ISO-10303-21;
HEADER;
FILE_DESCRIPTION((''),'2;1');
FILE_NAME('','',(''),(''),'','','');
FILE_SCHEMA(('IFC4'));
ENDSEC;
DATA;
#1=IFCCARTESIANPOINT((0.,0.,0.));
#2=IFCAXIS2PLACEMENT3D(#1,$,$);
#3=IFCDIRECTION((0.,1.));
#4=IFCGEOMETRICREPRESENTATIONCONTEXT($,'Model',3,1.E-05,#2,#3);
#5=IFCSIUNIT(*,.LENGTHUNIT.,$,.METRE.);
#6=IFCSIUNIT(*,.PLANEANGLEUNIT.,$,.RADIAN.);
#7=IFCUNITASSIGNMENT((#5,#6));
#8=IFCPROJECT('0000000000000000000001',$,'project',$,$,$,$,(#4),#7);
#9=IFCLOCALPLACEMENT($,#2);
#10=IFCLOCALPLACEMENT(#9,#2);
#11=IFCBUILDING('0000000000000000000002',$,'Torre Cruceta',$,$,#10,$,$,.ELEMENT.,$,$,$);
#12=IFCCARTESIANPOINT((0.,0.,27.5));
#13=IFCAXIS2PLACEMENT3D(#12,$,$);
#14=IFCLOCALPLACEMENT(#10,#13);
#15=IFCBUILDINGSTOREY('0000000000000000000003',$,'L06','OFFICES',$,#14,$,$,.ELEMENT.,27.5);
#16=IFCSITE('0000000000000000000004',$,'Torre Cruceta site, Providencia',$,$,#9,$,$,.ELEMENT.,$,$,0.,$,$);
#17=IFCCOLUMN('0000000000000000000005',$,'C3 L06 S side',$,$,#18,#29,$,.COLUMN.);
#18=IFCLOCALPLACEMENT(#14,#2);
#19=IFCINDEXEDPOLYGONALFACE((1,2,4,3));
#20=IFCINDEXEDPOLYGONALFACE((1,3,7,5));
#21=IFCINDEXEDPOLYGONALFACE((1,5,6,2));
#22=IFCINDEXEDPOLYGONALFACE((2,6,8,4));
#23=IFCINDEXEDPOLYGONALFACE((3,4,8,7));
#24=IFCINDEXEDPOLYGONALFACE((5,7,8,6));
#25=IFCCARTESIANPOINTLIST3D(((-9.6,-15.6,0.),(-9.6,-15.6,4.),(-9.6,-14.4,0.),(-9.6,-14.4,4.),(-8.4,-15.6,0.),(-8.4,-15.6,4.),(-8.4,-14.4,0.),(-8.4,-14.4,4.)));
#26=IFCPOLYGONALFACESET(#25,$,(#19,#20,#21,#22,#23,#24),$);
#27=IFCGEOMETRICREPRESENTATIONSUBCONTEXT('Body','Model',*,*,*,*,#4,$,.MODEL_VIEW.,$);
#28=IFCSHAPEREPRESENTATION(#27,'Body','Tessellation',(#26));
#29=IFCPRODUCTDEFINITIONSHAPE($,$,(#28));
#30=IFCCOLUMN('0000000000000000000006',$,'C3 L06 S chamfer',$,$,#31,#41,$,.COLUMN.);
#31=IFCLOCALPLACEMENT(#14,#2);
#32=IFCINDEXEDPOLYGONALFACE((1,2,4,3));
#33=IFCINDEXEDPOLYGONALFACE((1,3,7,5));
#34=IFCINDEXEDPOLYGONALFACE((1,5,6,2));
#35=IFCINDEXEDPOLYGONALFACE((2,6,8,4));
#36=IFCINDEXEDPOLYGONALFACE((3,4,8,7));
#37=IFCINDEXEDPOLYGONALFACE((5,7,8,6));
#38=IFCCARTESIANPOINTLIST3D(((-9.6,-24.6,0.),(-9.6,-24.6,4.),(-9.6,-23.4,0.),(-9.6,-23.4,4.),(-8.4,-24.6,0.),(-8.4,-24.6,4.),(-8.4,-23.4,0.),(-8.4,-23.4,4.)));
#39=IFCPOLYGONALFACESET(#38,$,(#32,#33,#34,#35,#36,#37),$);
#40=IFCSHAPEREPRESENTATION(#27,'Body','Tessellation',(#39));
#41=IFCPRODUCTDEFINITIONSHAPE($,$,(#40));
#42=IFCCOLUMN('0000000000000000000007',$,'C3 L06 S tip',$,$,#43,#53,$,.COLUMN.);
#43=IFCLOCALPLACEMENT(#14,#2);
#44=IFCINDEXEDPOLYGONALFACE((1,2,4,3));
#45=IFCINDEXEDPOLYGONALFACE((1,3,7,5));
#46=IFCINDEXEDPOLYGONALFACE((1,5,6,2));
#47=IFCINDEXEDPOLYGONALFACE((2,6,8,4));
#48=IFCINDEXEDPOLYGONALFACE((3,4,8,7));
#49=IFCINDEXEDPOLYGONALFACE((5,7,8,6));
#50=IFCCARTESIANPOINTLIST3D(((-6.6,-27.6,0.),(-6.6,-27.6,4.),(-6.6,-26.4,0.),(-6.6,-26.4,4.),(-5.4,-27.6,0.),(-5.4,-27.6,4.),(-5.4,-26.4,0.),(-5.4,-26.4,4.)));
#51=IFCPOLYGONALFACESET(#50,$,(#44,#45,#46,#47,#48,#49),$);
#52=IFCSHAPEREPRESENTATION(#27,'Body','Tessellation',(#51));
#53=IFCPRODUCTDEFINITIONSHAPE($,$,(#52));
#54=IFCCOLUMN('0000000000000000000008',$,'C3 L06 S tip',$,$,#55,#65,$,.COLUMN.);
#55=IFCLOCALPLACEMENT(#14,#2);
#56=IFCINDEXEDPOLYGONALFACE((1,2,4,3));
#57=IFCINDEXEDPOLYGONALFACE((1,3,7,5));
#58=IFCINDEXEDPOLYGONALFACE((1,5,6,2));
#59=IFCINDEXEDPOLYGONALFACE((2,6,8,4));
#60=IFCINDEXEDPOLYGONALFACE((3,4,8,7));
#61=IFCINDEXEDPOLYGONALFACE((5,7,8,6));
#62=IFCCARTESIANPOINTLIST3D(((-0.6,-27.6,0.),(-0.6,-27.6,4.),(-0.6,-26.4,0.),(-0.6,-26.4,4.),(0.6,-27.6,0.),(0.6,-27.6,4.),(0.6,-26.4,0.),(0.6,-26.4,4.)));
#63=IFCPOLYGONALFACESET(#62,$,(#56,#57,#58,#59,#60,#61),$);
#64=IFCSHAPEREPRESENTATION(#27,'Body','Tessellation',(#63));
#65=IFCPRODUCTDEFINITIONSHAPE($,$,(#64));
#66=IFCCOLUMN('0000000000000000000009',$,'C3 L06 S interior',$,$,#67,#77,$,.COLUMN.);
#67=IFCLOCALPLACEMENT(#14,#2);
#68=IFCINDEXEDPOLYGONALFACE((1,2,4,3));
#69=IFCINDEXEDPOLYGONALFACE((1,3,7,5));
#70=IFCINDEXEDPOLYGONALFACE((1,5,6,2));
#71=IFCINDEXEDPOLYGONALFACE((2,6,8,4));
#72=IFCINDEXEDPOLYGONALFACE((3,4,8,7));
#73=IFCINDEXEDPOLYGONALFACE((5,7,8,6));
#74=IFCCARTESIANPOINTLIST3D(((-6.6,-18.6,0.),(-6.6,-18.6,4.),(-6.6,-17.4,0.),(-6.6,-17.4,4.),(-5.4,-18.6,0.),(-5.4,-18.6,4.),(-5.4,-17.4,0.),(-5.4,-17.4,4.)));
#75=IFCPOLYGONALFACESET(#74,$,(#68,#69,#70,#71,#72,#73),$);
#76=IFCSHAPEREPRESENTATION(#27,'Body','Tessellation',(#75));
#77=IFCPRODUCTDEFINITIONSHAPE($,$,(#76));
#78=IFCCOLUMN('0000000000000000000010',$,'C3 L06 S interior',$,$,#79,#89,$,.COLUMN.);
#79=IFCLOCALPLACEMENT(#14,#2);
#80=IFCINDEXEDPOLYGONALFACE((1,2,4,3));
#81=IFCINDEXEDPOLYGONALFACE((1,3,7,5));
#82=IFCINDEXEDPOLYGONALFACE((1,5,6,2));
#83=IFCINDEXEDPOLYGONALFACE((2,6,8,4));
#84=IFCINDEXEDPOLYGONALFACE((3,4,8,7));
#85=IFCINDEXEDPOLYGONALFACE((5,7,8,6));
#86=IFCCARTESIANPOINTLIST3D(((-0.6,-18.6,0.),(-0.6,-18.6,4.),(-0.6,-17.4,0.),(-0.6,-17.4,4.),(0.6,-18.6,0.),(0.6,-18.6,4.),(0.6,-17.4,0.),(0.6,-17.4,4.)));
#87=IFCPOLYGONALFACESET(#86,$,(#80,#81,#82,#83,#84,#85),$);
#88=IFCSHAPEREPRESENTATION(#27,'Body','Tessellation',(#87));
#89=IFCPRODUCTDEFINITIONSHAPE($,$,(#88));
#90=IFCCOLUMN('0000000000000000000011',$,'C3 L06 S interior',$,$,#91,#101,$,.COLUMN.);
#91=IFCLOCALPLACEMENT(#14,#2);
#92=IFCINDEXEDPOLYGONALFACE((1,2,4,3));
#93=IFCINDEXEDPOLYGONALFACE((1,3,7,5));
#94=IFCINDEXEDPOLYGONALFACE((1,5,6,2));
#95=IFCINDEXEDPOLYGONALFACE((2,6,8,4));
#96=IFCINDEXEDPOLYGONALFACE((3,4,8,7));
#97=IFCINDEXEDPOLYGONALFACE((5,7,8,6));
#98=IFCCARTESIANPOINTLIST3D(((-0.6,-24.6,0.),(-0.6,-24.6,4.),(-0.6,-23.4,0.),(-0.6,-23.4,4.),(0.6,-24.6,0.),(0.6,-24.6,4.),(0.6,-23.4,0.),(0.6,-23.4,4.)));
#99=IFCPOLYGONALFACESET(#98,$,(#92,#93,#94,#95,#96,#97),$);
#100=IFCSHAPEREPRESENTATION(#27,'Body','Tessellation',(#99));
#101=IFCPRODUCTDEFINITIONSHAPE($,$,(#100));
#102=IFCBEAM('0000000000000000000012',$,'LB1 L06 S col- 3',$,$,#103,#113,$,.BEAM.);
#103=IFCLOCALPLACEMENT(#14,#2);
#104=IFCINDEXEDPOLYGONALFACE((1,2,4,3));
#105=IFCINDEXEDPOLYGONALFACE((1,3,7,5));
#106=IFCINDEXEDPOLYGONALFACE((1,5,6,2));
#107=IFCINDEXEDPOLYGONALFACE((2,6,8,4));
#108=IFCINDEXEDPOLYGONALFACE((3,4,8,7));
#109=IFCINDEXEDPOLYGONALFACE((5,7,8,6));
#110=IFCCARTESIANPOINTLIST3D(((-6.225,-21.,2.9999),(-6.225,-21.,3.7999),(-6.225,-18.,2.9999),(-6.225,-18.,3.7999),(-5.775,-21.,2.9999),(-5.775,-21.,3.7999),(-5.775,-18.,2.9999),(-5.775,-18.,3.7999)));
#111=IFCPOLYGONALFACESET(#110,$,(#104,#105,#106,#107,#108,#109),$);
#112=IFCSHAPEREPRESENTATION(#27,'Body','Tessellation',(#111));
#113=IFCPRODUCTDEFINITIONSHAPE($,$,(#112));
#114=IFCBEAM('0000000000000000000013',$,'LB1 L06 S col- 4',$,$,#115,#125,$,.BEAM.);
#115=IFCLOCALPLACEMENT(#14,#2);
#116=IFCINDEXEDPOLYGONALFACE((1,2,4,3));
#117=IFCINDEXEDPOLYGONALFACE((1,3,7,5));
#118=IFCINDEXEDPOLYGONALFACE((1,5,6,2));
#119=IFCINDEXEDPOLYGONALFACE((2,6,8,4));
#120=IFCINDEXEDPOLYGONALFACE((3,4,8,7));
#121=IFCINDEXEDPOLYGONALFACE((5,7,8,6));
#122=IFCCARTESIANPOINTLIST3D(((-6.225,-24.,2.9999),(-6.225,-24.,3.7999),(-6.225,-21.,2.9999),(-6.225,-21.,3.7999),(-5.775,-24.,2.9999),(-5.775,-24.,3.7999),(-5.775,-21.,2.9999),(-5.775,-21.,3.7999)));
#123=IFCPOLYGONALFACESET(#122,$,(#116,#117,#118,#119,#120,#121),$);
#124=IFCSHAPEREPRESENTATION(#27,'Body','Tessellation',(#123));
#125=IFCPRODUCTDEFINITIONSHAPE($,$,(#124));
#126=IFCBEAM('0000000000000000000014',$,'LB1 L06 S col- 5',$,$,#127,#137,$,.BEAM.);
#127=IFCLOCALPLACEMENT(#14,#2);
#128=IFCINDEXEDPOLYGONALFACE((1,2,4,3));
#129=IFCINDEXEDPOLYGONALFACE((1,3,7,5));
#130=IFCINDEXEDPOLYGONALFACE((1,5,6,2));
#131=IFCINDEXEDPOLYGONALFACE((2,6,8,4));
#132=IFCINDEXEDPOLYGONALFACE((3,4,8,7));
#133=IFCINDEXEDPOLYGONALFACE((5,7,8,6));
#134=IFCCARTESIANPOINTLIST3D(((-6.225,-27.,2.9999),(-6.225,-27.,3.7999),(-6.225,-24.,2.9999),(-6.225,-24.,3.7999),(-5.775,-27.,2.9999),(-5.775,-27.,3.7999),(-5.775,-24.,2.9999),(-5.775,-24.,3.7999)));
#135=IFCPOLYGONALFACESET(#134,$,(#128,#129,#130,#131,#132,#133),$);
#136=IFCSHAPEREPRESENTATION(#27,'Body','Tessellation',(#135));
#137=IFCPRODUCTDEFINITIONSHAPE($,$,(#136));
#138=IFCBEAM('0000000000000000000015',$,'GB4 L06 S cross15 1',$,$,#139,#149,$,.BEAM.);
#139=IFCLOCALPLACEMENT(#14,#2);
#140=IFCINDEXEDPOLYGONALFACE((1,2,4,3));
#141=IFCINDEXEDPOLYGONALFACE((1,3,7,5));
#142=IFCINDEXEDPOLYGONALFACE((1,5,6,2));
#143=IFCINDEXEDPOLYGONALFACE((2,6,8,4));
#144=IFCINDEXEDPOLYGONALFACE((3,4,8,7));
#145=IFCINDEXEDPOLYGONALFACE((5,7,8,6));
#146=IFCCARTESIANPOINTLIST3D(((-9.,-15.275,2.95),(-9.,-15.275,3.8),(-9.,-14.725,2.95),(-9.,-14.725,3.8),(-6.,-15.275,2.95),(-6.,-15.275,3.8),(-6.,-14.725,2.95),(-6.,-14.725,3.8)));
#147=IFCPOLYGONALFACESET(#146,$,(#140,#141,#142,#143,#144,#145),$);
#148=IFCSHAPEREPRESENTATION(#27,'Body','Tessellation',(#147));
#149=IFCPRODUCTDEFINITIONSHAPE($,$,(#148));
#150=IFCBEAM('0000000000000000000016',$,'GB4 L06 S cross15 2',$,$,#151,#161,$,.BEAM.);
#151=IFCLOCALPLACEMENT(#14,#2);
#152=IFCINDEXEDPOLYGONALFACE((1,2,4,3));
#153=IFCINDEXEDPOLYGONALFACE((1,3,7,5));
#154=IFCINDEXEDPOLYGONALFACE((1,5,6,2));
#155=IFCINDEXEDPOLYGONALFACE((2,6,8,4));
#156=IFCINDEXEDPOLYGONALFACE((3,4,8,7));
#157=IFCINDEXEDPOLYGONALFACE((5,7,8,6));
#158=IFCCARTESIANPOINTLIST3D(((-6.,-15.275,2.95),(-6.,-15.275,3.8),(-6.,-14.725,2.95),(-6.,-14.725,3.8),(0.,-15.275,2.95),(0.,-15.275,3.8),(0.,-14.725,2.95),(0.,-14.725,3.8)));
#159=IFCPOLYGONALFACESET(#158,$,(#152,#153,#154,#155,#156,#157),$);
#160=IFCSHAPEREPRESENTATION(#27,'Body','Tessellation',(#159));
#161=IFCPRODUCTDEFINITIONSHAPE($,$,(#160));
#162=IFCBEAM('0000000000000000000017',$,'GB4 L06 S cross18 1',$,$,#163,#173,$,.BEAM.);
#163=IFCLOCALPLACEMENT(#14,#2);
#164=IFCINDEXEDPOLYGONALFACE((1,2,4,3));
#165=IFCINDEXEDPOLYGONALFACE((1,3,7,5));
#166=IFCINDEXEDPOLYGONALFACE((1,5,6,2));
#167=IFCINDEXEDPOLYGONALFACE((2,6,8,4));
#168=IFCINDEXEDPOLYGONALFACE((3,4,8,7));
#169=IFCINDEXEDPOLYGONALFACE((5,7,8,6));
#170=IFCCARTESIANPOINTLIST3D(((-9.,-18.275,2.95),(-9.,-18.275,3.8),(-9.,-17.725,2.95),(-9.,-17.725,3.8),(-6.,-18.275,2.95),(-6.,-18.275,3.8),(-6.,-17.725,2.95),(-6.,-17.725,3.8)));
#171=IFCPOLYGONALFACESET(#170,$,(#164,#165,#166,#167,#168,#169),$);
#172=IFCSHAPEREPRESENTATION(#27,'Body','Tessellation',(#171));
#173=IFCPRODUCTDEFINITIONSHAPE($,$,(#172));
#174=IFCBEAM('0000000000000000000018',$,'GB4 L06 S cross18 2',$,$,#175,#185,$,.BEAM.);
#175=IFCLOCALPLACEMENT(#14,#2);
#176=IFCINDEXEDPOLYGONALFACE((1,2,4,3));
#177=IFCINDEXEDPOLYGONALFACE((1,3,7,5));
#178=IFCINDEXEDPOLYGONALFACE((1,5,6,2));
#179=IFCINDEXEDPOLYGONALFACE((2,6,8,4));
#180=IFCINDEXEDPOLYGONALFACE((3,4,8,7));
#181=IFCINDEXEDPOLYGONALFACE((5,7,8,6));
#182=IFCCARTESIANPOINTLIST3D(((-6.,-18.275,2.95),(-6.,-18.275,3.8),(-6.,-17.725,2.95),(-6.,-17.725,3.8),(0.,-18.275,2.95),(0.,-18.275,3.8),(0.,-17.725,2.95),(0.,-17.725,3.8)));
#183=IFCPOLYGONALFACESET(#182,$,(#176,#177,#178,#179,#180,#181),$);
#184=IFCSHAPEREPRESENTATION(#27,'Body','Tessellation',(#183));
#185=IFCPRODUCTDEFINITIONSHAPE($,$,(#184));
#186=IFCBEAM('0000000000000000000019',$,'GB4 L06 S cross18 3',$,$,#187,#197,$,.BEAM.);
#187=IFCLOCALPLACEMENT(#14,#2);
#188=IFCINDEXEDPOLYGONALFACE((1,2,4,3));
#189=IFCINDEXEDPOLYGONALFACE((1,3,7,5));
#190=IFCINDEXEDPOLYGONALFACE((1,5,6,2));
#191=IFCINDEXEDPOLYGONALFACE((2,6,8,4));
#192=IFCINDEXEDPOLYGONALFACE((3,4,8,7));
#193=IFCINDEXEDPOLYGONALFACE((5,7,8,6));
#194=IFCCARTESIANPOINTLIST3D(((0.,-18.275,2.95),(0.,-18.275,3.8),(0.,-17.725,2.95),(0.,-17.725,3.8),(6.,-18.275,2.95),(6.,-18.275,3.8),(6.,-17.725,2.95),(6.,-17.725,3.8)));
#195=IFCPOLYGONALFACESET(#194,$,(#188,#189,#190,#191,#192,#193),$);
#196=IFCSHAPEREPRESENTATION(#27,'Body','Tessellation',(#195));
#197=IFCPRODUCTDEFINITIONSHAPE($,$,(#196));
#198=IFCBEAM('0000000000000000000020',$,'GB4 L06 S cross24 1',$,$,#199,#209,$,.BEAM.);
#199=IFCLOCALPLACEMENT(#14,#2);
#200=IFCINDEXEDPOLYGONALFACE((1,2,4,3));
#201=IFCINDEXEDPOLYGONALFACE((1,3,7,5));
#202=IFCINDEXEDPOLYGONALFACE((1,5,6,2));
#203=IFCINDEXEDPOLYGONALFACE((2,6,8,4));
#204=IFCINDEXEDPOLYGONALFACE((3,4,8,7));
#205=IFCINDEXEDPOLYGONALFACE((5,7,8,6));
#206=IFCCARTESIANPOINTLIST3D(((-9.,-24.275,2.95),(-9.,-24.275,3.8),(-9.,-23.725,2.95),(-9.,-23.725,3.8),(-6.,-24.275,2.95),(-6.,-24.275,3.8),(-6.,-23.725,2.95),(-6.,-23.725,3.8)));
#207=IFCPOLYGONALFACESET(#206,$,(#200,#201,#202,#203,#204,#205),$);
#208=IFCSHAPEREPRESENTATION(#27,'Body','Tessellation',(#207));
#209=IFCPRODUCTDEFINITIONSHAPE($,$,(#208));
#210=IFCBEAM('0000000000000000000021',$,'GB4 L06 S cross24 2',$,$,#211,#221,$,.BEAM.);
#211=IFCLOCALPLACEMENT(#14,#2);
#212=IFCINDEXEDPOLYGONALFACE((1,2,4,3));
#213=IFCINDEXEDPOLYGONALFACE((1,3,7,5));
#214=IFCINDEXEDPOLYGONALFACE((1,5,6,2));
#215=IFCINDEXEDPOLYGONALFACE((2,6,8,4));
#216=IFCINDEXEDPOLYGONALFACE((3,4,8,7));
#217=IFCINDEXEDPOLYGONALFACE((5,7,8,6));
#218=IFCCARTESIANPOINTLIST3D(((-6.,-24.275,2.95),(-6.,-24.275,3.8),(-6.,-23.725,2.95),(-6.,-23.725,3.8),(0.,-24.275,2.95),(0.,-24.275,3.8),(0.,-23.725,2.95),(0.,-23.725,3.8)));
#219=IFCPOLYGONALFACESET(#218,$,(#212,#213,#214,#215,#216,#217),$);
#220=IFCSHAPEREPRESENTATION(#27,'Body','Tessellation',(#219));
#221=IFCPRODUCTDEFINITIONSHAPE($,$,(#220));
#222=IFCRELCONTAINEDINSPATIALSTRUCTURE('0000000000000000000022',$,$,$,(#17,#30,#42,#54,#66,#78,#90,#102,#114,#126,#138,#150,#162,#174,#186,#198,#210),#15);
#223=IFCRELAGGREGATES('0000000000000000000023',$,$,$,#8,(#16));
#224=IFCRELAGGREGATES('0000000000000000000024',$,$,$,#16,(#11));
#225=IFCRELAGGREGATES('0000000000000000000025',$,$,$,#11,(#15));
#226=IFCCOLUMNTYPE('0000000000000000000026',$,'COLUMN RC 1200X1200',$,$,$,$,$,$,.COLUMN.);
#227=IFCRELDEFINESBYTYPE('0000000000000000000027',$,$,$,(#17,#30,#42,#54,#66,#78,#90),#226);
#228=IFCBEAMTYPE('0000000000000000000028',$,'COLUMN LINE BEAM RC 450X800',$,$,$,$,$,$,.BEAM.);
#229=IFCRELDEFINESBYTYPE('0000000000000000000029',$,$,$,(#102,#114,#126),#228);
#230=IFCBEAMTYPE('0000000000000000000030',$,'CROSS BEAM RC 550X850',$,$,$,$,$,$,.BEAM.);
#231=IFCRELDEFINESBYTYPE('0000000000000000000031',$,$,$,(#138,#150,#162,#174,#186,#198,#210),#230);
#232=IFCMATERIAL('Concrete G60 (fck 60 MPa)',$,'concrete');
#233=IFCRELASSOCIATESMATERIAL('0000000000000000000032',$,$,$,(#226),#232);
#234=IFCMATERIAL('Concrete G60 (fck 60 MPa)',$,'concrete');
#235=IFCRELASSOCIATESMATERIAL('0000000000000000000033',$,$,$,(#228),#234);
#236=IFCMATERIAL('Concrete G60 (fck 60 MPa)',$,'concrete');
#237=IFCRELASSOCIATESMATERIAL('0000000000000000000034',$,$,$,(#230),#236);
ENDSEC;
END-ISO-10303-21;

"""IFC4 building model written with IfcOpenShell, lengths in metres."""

from ifc_helpers import new_model, si_unit, direction, frame, origin, origin_2d, place, context, subcontext, project, spatial, rectangle, extrude, material, material_profile, profile_set, type_object, element, save


model = new_model("IFC4")

# Units and contexts
model_context = context("Model", 3, precision=1e-05, world=origin(), true_north=direction((0.0, 1.0)))
body_context = subcontext(model_context, "Body", "Model", "MODEL_VIEW")
ifc_project = project(units=[si_unit("LENGTHUNIT", "METRE"), si_unit("PLANEANGLEUNIT", "RADIAN")], contexts=[model_context])

# Site, building, storey
site_placement = place(None, origin())
site = spatial("IfcSite", under=ifc_project, at=site_placement, Name="Torre Cruceta site, Providencia", CompositionType="ELEMENT", RefElevation=0.0)
building_placement = place(site_placement, origin())
building = spatial("IfcBuilding", under=site, at=building_placement, Name="Torre Cruceta", CompositionType="ELEMENT")
storey_placement = place(building_placement, frame((0.0, 0.0, 27.5)))
storey = spatial("IfcBuildingStorey", under=building, at=storey_placement, Name="L06", Description="OFFICES", CompositionType="ELEMENT", Elevation=27.5)

# Columns
ifc_material_1 = material(Name="Concrete G60 (fck 60 MPa)", Category="concrete")
ifc_material_profile_1 = material_profile(ifc_material_1, rectangle(XDim=1.2, YDim=1.2, at=origin_2d()), Name="RC 1200X1200")
ifc_profile_set_1 = profile_set([ifc_material_profile_1], Name="Concrete G60 (fck 60 MPa)")
column_type = type_object("IfcColumnType", Name="COLUMN RC 1200X1200", PredefinedType="COLUMN", material=ifc_profile_set_1)
for number, where, z_axis, x_axis, name in (
    (1, (-9.0, -15.0, 0.0), (0.0, 0.0, 1.0), (1.0, 0.0, 0.0), "C3 L06 S side"),
    (2, (-9.0, -24.0, 0.0), (0.0, 0.0, 1.0), (1.0, 0.0, 0.0), "C3 L06 S chamfer"),
    (3, (-6.0, -27.0, 0.0), (0.0, 0.0, 1.0), (1.0, 0.0, 0.0), "C3 L06 S tip"),
    (4, (0.0, -27.0, 0.0), (0.0, 0.0, 1.0), (1.0, 0.0, 0.0), "C3 L06 S tip"),
    (5, (-6.0, -18.0, 0.0), (0.0, 0.0, 1.0), (1.0, 0.0, 0.0), "C3 L06 S interior"),
    (6, (0.0, -18.0, 0.0), (0.0, 0.0, 1.0), (1.0, 0.0, 0.0), "C3 L06 S interior"),
    (7, (0.0, -24.0, 0.0), (0.0, 0.0, 1.0), (1.0, 0.0, 0.0), "C3 L06 S interior"),
):
    element("IfcColumn", number, at=place(storey_placement, frame(where, z_axis=z_axis, x_axis=x_axis)), inside=storey, type_object=column_type, Name=name, PredefinedType="COLUMN", context=body_context, shape_type="SweptSolid", body=[
        extrude(rectangle(XDim=1.2, YDim=1.2, at=origin_2d()), origin(), (0.0, 0.0, 1.0), 4.0),
    ])

# Beams
ifc_material_2 = material(Name="Concrete G60 (fck 60 MPa)", Category="concrete")
ifc_material_profile_2 = material_profile(ifc_material_2, rectangle(XDim=0.45, YDim=0.8, at=origin_2d()), Name="RC 450X800")
ifc_profile_set_2 = profile_set([ifc_material_profile_2], Name="Concrete G60 (fck 60 MPa)")
beam_type_1 = type_object("IfcBeamType", Name="COLUMN LINE BEAM RC 450X800", PredefinedType="BEAM", material=ifc_profile_set_2)
for number, where, z_axis, x_axis, name in (
    (8, (-6.0, -18.0, 3.3999), (0.0, -1.0, 0.0), (1.0, 0.0, 0.0), "LB1 L06 S col- 3"),
    (9, (-6.0, -21.0, 3.3999), (0.0, -1.0, 0.0), (1.0, 0.0, 0.0), "LB1 L06 S col- 4"),
    (10, (-6.0, -24.0, 3.3999), (0.0, -1.0, 0.0), (1.0, 0.0, 0.0), "LB1 L06 S col- 5"),
):
    element("IfcBeam", number, at=place(storey_placement, frame(where, z_axis=z_axis, x_axis=x_axis)), inside=storey, type_object=beam_type_1, Name=name, PredefinedType="BEAM", context=body_context, shape_type="SweptSolid", body=[
        extrude(rectangle(XDim=0.45, YDim=0.8, at=origin_2d()), origin(), (0.0, 0.0, 1.0), 3.0),
    ])
ifc_material_3 = material(Name="Concrete G60 (fck 60 MPa)", Category="concrete")
ifc_material_profile_3 = material_profile(ifc_material_3, rectangle(XDim=0.55, YDim=0.8501, at=origin_2d()), Name="RC 550X850")
ifc_profile_set_3 = profile_set([ifc_material_profile_3], Name="Concrete G60 (fck 60 MPa)")
beam_type_2 = type_object("IfcBeamType", Name="CROSS BEAM RC 550X850", PredefinedType="BEAM", material=ifc_profile_set_3)
beam_1_placement = place(storey_placement, frame((-9.0, -15.0, 3.375), z_axis=(1.0, 0.0, 0.0), x_axis=(0.0, 1.0, 0.0)))
element("IfcBeam", 11, at=beam_1_placement, inside=storey, type_object=beam_type_2, Name="GB4 L06 S cross15 1", PredefinedType="BEAM", context=body_context, shape_type="SweptSolid", body=[
    extrude(rectangle(XDim=0.55, YDim=0.8501, at=origin_2d()), origin(), (0.0, 0.0, 1.0), 3.0),
])
beam_2_placement = place(storey_placement, frame((-6.0, -15.0, 3.375), z_axis=(1.0, 0.0, 0.0), x_axis=(0.0, 1.0, 0.0)))
element("IfcBeam", 12, at=beam_2_placement, inside=storey, type_object=beam_type_2, Name="GB4 L06 S cross15 2", PredefinedType="BEAM", context=body_context, shape_type="SweptSolid", body=[
    extrude(rectangle(XDim=0.55, YDim=0.8501, at=origin_2d()), origin(), (0.0, 0.0, 1.0), 6.0),
])
beam_3_placement = place(storey_placement, frame((-9.0, -18.0, 3.375), z_axis=(1.0, 0.0, 0.0), x_axis=(0.0, 1.0, 0.0)))
element("IfcBeam", 13, at=beam_3_placement, inside=storey, type_object=beam_type_2, Name="GB4 L06 S cross18 1", PredefinedType="BEAM", context=body_context, shape_type="SweptSolid", body=[
    extrude(rectangle(XDim=0.55, YDim=0.8501, at=origin_2d()), origin(), (0.0, 0.0, 1.0), 3.0),
])
for number, where, z_axis, x_axis, name in (
    (14, (-6.0, -18.0, 3.375), (1.0, 0.0, 0.0), (0.0, 1.0, 0.0), "GB4 L06 S cross18 2"),
    (15, (0.0, -18.0, 3.375), (1.0, 0.0, 0.0), (0.0, 1.0, 0.0), "GB4 L06 S cross18 3"),
):
    element("IfcBeam", number, at=place(storey_placement, frame(where, z_axis=z_axis, x_axis=x_axis)), inside=storey, type_object=beam_type_2, Name=name, PredefinedType="BEAM", context=body_context, shape_type="SweptSolid", body=[
        extrude(rectangle(XDim=0.55, YDim=0.8501, at=origin_2d()), origin(), (0.0, 0.0, 1.0), 6.0),
    ])
beam_4_placement = place(storey_placement, frame((-9.0, -24.0, 3.375), z_axis=(1.0, 0.0, 0.0), x_axis=(0.0, 1.0, 0.0)))
element("IfcBeam", 16, at=beam_4_placement, inside=storey, type_object=beam_type_2, Name="GB4 L06 S cross24 1", PredefinedType="BEAM", context=body_context, shape_type="SweptSolid", body=[
    extrude(rectangle(XDim=0.55, YDim=0.8501, at=origin_2d()), origin(), (0.0, 0.0, 1.0), 3.0),
])
for number, where, z_axis, x_axis, name in (
    (17, (-6.0, -24.0, 3.375), (1.0, 0.0, 0.0), (0.0, 1.0, 0.0), "GB4 L06 S cross24 2"),
):
    element("IfcBeam", number, at=place(storey_placement, frame(where, z_axis=z_axis, x_axis=x_axis)), inside=storey, type_object=beam_type_2, Name=name, PredefinedType="BEAM", context=body_context, shape_type="SweptSolid", body=[
        extrude(rectangle(XDim=0.55, YDim=0.8501, at=origin_2d()), origin(), (0.0, 0.0, 1.0), 6.0),
    ])

save(model, "model.ifc")
